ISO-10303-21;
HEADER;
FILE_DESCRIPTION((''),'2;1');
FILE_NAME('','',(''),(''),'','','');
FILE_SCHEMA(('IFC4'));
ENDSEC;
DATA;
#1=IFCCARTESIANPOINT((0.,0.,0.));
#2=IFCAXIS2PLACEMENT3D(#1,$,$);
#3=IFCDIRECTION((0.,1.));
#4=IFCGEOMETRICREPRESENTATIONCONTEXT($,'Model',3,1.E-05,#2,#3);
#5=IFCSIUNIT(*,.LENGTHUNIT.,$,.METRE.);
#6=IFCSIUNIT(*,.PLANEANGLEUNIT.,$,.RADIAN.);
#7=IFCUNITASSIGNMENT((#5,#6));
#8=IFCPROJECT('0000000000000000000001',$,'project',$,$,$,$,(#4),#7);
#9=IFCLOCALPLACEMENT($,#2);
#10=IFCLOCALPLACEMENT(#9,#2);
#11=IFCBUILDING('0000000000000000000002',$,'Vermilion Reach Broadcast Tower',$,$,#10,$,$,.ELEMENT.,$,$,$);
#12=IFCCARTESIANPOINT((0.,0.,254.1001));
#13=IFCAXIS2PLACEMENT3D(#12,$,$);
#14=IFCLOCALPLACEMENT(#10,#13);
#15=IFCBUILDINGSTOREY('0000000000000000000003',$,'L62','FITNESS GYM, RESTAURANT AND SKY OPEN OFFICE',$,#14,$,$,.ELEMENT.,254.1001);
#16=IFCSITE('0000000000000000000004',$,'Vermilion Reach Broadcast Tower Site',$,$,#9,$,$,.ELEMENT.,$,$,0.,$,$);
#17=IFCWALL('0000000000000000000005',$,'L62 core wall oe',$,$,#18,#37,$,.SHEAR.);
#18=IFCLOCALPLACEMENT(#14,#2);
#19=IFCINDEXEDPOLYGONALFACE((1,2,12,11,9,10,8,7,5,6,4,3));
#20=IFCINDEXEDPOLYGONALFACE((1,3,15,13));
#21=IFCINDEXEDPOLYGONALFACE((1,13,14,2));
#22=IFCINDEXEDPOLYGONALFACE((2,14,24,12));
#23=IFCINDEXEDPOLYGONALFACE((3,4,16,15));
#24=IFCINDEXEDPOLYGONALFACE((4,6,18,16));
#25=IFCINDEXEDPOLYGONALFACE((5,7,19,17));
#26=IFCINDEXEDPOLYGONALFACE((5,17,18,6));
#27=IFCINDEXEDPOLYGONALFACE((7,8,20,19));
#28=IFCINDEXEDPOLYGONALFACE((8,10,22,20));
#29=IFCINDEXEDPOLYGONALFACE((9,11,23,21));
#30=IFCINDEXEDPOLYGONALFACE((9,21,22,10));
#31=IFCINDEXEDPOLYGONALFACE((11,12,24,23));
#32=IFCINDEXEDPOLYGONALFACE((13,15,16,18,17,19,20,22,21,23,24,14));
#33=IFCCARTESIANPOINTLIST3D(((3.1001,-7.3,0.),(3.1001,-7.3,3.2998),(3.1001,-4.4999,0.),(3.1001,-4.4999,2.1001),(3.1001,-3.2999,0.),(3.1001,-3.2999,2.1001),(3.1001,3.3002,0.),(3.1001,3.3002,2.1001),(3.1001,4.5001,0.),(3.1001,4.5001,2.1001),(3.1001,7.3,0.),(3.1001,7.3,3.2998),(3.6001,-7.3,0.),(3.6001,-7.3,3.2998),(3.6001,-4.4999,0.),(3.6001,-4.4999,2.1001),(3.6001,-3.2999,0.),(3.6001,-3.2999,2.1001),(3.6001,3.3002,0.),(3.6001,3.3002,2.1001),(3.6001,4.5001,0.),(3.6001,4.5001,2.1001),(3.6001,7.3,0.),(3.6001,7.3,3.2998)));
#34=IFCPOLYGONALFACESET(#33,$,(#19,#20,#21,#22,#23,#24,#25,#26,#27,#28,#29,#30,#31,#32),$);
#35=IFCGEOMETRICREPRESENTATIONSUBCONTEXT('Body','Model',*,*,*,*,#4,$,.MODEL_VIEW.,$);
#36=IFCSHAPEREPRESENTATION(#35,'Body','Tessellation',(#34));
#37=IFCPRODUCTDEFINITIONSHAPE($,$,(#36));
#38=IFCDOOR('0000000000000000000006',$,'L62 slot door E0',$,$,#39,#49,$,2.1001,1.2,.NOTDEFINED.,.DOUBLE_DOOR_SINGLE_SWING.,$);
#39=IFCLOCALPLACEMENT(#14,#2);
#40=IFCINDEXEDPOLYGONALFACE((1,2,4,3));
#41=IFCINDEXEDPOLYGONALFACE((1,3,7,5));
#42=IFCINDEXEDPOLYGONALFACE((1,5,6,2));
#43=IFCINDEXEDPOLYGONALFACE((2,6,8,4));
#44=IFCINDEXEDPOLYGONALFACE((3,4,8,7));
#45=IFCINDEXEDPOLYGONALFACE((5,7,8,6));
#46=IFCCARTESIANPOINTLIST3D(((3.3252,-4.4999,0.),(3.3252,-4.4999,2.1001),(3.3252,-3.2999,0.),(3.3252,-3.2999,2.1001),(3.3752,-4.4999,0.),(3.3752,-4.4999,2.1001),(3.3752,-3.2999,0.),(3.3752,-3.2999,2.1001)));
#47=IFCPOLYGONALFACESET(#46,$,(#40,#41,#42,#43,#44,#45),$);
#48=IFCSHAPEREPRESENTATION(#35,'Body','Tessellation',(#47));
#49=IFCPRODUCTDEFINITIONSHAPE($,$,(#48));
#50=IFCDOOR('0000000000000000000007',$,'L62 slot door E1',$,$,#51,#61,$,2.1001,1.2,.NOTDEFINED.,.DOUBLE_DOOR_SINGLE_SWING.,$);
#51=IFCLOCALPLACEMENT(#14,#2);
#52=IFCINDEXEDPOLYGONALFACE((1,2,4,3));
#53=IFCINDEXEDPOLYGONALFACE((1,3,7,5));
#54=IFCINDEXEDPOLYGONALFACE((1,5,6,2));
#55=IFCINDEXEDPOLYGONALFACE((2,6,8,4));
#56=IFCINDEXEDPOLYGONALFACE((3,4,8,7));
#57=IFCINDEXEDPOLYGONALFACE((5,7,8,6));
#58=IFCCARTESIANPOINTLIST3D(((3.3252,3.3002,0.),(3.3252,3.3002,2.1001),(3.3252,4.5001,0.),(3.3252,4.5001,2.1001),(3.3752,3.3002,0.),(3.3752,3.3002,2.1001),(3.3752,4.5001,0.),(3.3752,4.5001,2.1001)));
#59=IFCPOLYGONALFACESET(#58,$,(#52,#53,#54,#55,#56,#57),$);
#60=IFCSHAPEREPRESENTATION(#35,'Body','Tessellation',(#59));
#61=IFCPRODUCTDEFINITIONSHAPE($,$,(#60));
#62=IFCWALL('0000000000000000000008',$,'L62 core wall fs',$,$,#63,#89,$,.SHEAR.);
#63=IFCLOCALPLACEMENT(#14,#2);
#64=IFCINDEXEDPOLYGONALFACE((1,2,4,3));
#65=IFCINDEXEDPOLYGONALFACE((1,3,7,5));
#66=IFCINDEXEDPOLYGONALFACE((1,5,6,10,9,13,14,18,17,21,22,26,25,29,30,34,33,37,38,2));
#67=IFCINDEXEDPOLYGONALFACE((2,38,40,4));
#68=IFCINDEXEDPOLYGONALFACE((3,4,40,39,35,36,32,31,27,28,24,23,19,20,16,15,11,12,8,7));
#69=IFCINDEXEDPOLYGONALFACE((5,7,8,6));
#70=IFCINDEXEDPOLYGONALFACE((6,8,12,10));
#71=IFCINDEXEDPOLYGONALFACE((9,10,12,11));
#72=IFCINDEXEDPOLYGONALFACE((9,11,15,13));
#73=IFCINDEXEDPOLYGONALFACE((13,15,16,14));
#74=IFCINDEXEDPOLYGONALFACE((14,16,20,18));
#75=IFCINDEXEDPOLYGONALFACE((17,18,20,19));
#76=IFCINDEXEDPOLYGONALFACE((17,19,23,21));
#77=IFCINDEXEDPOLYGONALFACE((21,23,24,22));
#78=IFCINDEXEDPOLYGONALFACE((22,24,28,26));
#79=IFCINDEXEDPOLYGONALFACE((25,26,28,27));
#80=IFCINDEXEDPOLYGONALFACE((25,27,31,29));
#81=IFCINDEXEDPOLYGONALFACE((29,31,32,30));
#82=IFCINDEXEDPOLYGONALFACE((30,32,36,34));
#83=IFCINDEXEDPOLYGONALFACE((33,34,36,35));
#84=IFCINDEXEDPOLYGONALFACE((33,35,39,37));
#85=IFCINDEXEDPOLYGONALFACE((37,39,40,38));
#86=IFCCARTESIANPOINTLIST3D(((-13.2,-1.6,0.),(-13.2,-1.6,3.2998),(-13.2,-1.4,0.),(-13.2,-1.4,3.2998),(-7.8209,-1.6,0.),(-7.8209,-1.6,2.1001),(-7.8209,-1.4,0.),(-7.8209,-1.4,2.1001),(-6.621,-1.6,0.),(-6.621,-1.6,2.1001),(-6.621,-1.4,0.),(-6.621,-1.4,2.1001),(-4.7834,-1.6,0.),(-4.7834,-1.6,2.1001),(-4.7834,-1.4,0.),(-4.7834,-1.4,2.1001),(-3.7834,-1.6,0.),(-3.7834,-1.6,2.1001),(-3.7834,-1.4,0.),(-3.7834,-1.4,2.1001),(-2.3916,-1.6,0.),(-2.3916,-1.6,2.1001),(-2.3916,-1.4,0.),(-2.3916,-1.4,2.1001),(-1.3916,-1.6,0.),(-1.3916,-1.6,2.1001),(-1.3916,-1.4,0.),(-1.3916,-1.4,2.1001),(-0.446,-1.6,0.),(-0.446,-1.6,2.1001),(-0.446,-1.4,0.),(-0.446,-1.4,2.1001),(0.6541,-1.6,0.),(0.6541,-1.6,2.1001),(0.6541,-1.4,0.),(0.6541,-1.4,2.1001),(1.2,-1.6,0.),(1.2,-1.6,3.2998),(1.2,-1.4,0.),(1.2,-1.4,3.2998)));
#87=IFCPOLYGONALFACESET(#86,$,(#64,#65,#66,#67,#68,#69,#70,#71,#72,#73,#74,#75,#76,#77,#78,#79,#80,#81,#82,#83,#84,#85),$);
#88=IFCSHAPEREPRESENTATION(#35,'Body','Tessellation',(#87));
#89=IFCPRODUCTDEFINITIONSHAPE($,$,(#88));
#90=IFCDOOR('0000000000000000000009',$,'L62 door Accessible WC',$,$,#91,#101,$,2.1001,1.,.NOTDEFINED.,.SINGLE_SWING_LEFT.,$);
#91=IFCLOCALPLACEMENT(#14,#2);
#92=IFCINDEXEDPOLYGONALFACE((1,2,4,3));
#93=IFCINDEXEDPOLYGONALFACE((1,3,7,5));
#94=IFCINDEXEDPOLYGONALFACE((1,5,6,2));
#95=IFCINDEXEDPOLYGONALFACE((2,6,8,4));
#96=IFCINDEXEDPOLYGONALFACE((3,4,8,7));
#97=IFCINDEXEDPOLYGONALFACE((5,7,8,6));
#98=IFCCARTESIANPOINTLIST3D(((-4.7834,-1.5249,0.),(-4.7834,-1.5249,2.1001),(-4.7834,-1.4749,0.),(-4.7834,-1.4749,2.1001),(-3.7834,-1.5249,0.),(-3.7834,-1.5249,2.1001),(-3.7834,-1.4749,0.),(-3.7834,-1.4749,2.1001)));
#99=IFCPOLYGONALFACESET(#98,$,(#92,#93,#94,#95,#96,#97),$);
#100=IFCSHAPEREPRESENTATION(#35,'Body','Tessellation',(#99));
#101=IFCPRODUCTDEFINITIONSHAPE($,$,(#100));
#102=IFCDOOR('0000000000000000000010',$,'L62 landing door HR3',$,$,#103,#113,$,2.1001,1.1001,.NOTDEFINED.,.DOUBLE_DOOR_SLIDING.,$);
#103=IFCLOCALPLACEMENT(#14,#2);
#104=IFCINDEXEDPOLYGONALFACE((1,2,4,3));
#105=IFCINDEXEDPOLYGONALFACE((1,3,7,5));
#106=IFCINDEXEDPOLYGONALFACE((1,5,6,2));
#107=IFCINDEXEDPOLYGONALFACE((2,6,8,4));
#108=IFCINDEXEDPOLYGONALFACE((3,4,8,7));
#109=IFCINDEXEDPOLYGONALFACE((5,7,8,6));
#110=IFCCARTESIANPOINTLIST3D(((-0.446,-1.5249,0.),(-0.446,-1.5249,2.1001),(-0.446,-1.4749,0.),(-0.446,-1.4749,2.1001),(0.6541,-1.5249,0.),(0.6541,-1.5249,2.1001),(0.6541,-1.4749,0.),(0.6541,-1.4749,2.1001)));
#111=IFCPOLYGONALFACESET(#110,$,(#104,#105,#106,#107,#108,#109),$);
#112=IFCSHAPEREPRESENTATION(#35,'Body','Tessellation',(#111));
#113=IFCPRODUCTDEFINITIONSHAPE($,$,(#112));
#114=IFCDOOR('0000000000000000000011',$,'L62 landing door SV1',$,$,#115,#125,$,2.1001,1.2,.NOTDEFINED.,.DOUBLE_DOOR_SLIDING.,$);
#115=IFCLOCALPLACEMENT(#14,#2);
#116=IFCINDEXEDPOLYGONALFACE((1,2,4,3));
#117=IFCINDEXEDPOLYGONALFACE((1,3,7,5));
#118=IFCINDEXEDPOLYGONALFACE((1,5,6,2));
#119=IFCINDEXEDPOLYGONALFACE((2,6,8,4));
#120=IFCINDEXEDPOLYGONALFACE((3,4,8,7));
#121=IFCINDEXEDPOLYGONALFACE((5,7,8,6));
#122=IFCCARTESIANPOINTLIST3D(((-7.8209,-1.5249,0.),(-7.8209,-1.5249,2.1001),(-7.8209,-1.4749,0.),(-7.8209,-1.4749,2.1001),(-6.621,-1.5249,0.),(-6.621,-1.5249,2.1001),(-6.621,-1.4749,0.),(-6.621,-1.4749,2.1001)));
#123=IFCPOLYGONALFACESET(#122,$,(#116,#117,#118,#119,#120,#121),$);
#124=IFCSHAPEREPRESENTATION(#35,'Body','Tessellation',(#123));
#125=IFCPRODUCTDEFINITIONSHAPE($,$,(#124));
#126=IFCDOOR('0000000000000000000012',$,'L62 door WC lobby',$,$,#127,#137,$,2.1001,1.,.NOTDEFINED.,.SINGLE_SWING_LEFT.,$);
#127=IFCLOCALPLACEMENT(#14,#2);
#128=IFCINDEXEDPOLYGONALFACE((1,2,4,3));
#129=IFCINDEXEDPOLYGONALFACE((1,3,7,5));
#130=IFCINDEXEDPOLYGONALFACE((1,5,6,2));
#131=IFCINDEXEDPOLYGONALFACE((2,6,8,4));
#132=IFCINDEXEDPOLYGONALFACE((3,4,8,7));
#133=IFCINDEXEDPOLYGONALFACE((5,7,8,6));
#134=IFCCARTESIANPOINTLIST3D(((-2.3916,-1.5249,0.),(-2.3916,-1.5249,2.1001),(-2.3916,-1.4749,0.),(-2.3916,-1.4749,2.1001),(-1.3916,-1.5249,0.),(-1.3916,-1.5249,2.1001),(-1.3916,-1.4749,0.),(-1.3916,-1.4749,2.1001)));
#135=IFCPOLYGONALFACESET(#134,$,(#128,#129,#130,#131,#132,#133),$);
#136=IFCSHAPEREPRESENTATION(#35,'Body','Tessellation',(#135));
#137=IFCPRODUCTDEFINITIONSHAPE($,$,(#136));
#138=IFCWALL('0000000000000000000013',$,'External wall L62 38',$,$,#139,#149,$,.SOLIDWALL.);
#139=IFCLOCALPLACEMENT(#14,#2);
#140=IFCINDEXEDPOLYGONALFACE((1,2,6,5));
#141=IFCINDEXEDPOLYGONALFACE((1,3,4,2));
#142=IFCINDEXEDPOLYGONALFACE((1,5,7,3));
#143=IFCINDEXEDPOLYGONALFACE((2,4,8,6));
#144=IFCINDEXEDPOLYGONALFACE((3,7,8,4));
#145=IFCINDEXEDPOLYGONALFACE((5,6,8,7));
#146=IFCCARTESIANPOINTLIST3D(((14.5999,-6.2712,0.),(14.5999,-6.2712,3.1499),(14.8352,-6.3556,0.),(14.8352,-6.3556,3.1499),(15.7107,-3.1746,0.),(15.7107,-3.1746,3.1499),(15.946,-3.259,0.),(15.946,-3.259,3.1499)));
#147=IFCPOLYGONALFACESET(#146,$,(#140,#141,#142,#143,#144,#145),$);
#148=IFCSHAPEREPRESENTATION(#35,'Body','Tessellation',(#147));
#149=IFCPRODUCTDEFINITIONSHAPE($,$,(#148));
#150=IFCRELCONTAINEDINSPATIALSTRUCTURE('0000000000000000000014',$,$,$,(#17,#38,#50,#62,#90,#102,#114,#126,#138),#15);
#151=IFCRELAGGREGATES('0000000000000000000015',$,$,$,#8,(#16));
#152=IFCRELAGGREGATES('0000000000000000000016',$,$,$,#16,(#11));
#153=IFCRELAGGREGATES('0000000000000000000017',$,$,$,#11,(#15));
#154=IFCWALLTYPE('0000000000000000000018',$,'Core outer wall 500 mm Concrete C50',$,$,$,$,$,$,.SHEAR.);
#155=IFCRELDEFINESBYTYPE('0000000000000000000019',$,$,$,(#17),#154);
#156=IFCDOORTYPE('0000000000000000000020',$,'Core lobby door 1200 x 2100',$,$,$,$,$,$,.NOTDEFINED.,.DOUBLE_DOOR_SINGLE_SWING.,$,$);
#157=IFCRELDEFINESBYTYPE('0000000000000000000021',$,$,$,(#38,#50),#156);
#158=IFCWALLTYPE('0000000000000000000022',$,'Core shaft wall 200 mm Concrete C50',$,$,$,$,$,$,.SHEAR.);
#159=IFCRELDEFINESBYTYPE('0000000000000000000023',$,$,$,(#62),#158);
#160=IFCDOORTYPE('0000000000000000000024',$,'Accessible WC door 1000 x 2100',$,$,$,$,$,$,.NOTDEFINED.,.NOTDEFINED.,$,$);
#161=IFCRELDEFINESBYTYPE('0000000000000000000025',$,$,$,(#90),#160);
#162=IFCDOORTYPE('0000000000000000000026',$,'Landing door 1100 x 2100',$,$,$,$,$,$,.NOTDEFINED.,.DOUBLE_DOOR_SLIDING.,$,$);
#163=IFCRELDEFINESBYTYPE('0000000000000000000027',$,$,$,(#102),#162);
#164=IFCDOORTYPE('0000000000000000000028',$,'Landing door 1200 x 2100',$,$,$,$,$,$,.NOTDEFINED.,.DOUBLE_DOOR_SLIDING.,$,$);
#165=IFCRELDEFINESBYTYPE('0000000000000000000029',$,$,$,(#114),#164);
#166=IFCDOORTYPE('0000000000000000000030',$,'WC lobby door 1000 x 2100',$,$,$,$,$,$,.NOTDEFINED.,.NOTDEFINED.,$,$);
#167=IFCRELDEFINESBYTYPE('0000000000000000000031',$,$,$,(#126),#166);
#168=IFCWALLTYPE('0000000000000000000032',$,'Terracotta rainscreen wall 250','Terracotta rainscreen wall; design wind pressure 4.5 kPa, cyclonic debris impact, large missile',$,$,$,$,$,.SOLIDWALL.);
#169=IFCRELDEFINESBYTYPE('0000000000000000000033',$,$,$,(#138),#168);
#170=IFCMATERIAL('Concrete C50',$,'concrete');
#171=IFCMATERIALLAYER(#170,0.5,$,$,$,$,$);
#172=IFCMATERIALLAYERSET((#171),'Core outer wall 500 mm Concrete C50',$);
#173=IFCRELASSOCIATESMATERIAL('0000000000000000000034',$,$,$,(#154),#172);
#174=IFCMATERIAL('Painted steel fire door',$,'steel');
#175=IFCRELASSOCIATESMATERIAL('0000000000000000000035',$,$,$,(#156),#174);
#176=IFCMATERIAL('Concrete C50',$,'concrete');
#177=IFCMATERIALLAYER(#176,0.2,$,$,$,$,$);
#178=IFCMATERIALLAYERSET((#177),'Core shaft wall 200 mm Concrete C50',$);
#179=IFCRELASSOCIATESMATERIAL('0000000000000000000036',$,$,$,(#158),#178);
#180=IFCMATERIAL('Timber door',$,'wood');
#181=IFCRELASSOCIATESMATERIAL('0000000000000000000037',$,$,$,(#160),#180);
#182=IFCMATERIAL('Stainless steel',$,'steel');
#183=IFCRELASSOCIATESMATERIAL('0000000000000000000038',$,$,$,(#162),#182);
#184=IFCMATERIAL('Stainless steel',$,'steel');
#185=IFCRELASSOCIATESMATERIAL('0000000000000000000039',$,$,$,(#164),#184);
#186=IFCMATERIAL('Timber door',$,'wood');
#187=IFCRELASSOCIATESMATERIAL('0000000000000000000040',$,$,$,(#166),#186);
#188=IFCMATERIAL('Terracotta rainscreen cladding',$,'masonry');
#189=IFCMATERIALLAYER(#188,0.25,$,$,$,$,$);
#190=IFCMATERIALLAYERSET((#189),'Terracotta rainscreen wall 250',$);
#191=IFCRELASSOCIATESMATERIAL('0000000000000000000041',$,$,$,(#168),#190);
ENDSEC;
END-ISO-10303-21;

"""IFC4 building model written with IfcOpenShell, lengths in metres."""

from ifc_helpers import new_model, si_unit, direction, frame, frame_2d, origin, place, context, subcontext, project, spatial, rectangle, extrude, material, layer, layer_set, type_object, element, fill, save


model = new_model("IFC4")

# Units and contexts
model_context = context("Model", 3, precision=1e-05, world=origin(), true_north=direction((0.0, 1.0)))
body_context = subcontext(model_context, "Body", "Model", "MODEL_VIEW")
ifc_project = project(units=[si_unit("LENGTHUNIT", "METRE"), si_unit("PLANEANGLEUNIT", "RADIAN")], contexts=[model_context])

# Site, building, storey
site_placement = place(None, origin())
site = spatial("IfcSite", under=ifc_project, at=site_placement, Name="Vermilion Reach Broadcast Tower Site", CompositionType="ELEMENT", RefElevation=0.0)
building_placement = place(site_placement, origin())
building = spatial("IfcBuilding", under=site, at=building_placement, Name="Vermilion Reach Broadcast Tower", CompositionType="ELEMENT")
storey_placement = place(building_placement, frame((0.0, 0.0, 254.1001)))
storey = spatial("IfcBuildingStorey", under=building, at=storey_placement, Name="L62", Description="FITNESS GYM, RESTAURANT AND SKY OPEN OFFICE", CompositionType="ELEMENT", Elevation=254.1001)

# Walls, openings, doors
ifc_material_1 = material(Name="Concrete C50", Category="concrete")
ifc_layer_1 = layer(ifc_material_1, 0.5)
ifc_layer_set_1 = layer_set([ifc_layer_1], Name="Core outer wall 500 mm Concrete C50")
wall_type_1 = type_object("IfcWallType", Name="Core outer wall 500 mm Concrete C50", PredefinedType="SHEAR", material=ifc_layer_set_1)
wall_1_placement = place(storey_placement, frame((3.3501, -7.3, 0.0), z_axis=(0.0, 0.0, 1.0), x_axis=(0.0, 1.0, 0.0)))
wall_1 = element("IfcWall", 1, at=wall_1_placement, inside=storey, type_object=wall_type_1, Name="L62 core wall oe", PredefinedType="SHEAR", context=body_context, shape_type="SweptSolid", body=[
    extrude(rectangle(XDim=14.6001, YDim=0.5, at=frame_2d((7.3, 0.0))), origin(), (0.0, 0.0, 1.0), 3.2998),
])
opening_1_placement = place(wall_1_placement, frame((2.8, 0.0, 0.0)))
opening_1 = element("IfcOpeningElement", 2, at=opening_1_placement, cuts=wall_1, PredefinedType="OPENING", context=body_context, shape_type="SweptSolid", body=[
    extrude(rectangle(XDim=1.2, YDim=2.1001, at=frame_2d((0.6001, 1.05))), frame((0.0, 0.26, 0.0), z_axis=(0.0, -1.0, 0.0), x_axis=(1.0, 0.0, 0.0)), (0.0, 0.0, 1.0), 0.52),
])
opening_2_placement = place(wall_1_placement, frame((10.6001, 0.0, 0.0)))
opening_2 = element("IfcOpeningElement", 3, at=opening_2_placement, cuts=wall_1, PredefinedType="OPENING", context=body_context, shape_type="SweptSolid", body=[
    extrude(rectangle(XDim=1.2, YDim=2.1001, at=frame_2d((0.6001, 1.05))), frame((0.0, 0.26, 0.0), z_axis=(0.0, -1.0, 0.0), x_axis=(1.0, 0.0, 0.0)), (0.0, 0.0, 1.0), 0.52),
])
ifc_material_2 = material(Name="Painted steel fire door", Category="steel")
door_type_1 = type_object("IfcDoorType", Name="Core lobby door 1200 x 2100", OperationType="DOUBLE_DOOR_SINGLE_SWING", PredefinedType="NOTDEFINED", material=ifc_material_2)
door_1_placement = place(opening_1_placement, origin())
door_1 = element("IfcDoor", 4, at=door_1_placement, inside=storey, type_object=door_type_1, Name="L62 slot door E0", OperationType="DOUBLE_DOOR_SINGLE_SWING", OverallHeight=2.1001, OverallWidth=1.2, PredefinedType="NOTDEFINED", context=body_context, shape_type="SweptSolid", body=[
    extrude(rectangle(XDim=1.2, YDim=2.1001, at=frame_2d((0.6001, 1.05))), frame((0.0, 0.0249, 0.0), z_axis=(0.0, -1.0, 0.0), x_axis=(1.0, 0.0, 0.0)), (0.0, 0.0, 1.0), 0.05),
])
fill(opening_1, door_1)
door_2_placement = place(opening_2_placement, origin())
door_2 = element("IfcDoor", 5, at=door_2_placement, inside=storey, type_object=door_type_1, Name="L62 slot door E1", OperationType="DOUBLE_DOOR_SINGLE_SWING", OverallHeight=2.1001, OverallWidth=1.2, PredefinedType="NOTDEFINED", context=body_context, shape_type="SweptSolid", body=[
    extrude(rectangle(XDim=1.2, YDim=2.1001, at=frame_2d((0.6001, 1.05))), frame((0.0, 0.0249, 0.0), z_axis=(0.0, -1.0, 0.0), x_axis=(1.0, 0.0, 0.0)), (0.0, 0.0, 1.0), 0.05),
])
fill(opening_2, door_2)
ifc_material_3 = material(Name="Concrete C50", Category="concrete")
ifc_layer_2 = layer(ifc_material_3, 0.2)
ifc_layer_set_2 = layer_set([ifc_layer_2], Name="Core shaft wall 200 mm Concrete C50")
wall_type_2 = type_object("IfcWallType", Name="Core shaft wall 200 mm Concrete C50", PredefinedType="SHEAR", material=ifc_layer_set_2)
wall_2_placement = place(storey_placement, frame((1.2, -1.5, 0.0), z_axis=(0.0, 0.0, 1.0), x_axis=(-1.0, 0.0, 0.0)))
wall_2 = element("IfcWall", 6, at=wall_2_placement, inside=storey, type_object=wall_type_2, Name="L62 core wall fs", PredefinedType="SHEAR", context=body_context, shape_type="SweptSolid", body=[
    extrude(rectangle(XDim=14.3999, YDim=0.2, at=frame_2d((7.2, 0.0))), origin(), (0.0, 0.0, 1.0), 3.2998),
])
opening_3_placement = place(wall_2_placement, frame((7.8208, 0.0, 0.0)))
opening_3 = element("IfcOpeningElement", 7, at=opening_3_placement, cuts=wall_2, PredefinedType="OPENING", context=body_context, shape_type="SweptSolid", body=[
    extrude(rectangle(XDim=1.2, YDim=2.1001, at=frame_2d((0.6001, 1.05))), frame((0.0, 0.1099, 0.0), z_axis=(0.0, -1.0, 0.0), x_axis=(1.0, 0.0, 0.0)), (0.0, 0.0, 1.0), 0.22),
])
opening_4_placement = place(wall_2_placement, frame((0.5459, 0.0, 0.0)))
opening_4 = element("IfcOpeningElement", 8, at=opening_4_placement, cuts=wall_2, PredefinedType="OPENING", context=body_context, shape_type="SweptSolid", body=[
    extrude(rectangle(XDim=1.1001, YDim=2.1001, at=frame_2d((0.55, 1.05))), frame((0.0, 0.1099, 0.0), z_axis=(0.0, -1.0, 0.0), x_axis=(1.0, 0.0, 0.0)), (0.0, 0.0, 1.0), 0.22),
])
opening_5_placement = place(wall_2_placement, frame((4.9834, 0.0, 0.0)))
opening_5 = element("IfcOpeningElement", 9, at=opening_5_placement, cuts=wall_2, PredefinedType="OPENING", context=body_context, shape_type="SweptSolid", body=[
    extrude(rectangle(XDim=1.0, YDim=2.1001, at=frame_2d((0.5, 1.05))), frame((0.0, 0.1099, 0.0), z_axis=(0.0, -1.0, 0.0), x_axis=(1.0, 0.0, 0.0)), (0.0, 0.0, 1.0), 0.22),
])
opening_6_placement = place(wall_2_placement, frame((2.5916, 0.0, 0.0)))
opening_6 = element("IfcOpeningElement", 10, at=opening_6_placement, cuts=wall_2, PredefinedType="OPENING", context=body_context, shape_type="SweptSolid", body=[
    extrude(rectangle(XDim=1.0, YDim=2.1001, at=frame_2d((0.5, 1.05))), frame((0.0, 0.1099, 0.0), z_axis=(0.0, -1.0, 0.0), x_axis=(1.0, 0.0, 0.0)), (0.0, 0.0, 1.0), 0.22),
])
ifc_material_4 = material(Name="Timber door", Category="wood")
door_type_2 = type_object("IfcDoorType", Name="Accessible WC door 1000 x 2100", OperationType="NOTDEFINED", PredefinedType="NOTDEFINED", material=ifc_material_4)
door_3_placement = place(opening_5_placement, origin())
door_3 = element("IfcDoor", 11, at=door_3_placement, inside=storey, type_object=door_type_2, Name="L62 door Accessible WC", OperationType="SINGLE_SWING_LEFT", OverallHeight=2.1001, OverallWidth=1.0, PredefinedType="NOTDEFINED", context=body_context, shape_type="SweptSolid", body=[
    extrude(rectangle(XDim=1.0, YDim=2.1001, at=frame_2d((0.5, 1.05))), frame((0.0, 0.0249, 0.0), z_axis=(0.0, -1.0, 0.0), x_axis=(1.0, 0.0, 0.0)), (0.0, 0.0, 1.0), 0.05),
])
fill(opening_5, door_3)
ifc_material_5 = material(Name="Stainless steel", Category="steel")
door_type_3 = type_object("IfcDoorType", Name="Landing door 1100 x 2100", OperationType="DOUBLE_DOOR_SLIDING", PredefinedType="NOTDEFINED", material=ifc_material_5)
door_4_placement = place(opening_4_placement, origin())
door_4 = element("IfcDoor", 12, at=door_4_placement, inside=storey, type_object=door_type_3, Name="L62 landing door HR3", OperationType="DOUBLE_DOOR_SLIDING", OverallHeight=2.1001, OverallWidth=1.1001, PredefinedType="NOTDEFINED", context=body_context, shape_type="SweptSolid", body=[
    extrude(rectangle(XDim=1.1001, YDim=2.1001, at=frame_2d((0.55, 1.05))), frame((0.0, 0.0249, 0.0), z_axis=(0.0, -1.0, 0.0), x_axis=(1.0, 0.0, 0.0)), (0.0, 0.0, 1.0), 0.05),
])
fill(opening_4, door_4)
ifc_material_6 = material(Name="Stainless steel", Category="steel")
door_type_4 = type_object("IfcDoorType", Name="Landing door 1200 x 2100", OperationType="DOUBLE_DOOR_SLIDING", PredefinedType="NOTDEFINED", material=ifc_material_6)
door_5_placement = place(opening_3_placement, origin())
door_5 = element("IfcDoor", 13, at=door_5_placement, inside=storey, type_object=door_type_4, Name="L62 landing door SV1", OperationType="DOUBLE_DOOR_SLIDING", OverallHeight=2.1001, OverallWidth=1.2, PredefinedType="NOTDEFINED", context=body_context, shape_type="SweptSolid", body=[
    extrude(rectangle(XDim=1.2, YDim=2.1001, at=frame_2d((0.6001, 1.05))), frame((0.0, 0.0249, 0.0), z_axis=(0.0, -1.0, 0.0), x_axis=(1.0, 0.0, 0.0)), (0.0, 0.0, 1.0), 0.05),
])
fill(opening_3, door_5)
ifc_material_7 = material(Name="Timber door", Category="wood")
door_type_5 = type_object("IfcDoorType", Name="WC lobby door 1000 x 2100", OperationType="NOTDEFINED", PredefinedType="NOTDEFINED", material=ifc_material_7)
door_6_placement = place(opening_6_placement, origin())
door_6 = element("IfcDoor", 14, at=door_6_placement, inside=storey, type_object=door_type_5, Name="L62 door WC lobby", OperationType="SINGLE_SWING_LEFT", OverallHeight=2.1001, OverallWidth=1.0, PredefinedType="NOTDEFINED", context=body_context, shape_type="SweptSolid", body=[
    extrude(rectangle(XDim=1.0, YDim=2.1001, at=frame_2d((0.5, 1.05))), frame((0.0, 0.0249, 0.0), z_axis=(0.0, -1.0, 0.0), x_axis=(1.0, 0.0, 0.0)), (0.0, 0.0, 1.0), 0.05),
])
fill(opening_6, door_6)

# Wall
ifc_material_8 = material(Name="Terracotta rainscreen cladding", Category="masonry")
ifc_layer_3 = layer(ifc_material_8, 0.25)
ifc_layer_set_3 = layer_set([ifc_layer_3], Name="Terracotta rainscreen wall 250")
wall_type_3 = type_object("IfcWallType", Name="Terracotta rainscreen wall 250", Description="Terracotta rainscreen wall; design wind pressure 4.5 kPa, cyclonic debris impact, large missile", PredefinedType="SOLIDWALL", material=ifc_layer_set_3)
wall_3_placement = place(storey_placement, frame((14.7175, -6.3135, 0.0), z_axis=(0.0, 0.0, 1.0), x_axis=(0.337652, 0.941271, 0.0)))
element("IfcWall", 15, at=wall_3_placement, inside=storey, type_object=wall_type_3, Name="External wall L62 38", PredefinedType="SOLIDWALL", context=body_context, shape_type="SweptSolid", body=[
    extrude(rectangle(XDim=3.2898, YDim=0.25, at=frame_2d((1.645, 0.0))), origin(), (0.0, 0.0, 1.0), 3.1499),
])

save(model, "model.ifc")
